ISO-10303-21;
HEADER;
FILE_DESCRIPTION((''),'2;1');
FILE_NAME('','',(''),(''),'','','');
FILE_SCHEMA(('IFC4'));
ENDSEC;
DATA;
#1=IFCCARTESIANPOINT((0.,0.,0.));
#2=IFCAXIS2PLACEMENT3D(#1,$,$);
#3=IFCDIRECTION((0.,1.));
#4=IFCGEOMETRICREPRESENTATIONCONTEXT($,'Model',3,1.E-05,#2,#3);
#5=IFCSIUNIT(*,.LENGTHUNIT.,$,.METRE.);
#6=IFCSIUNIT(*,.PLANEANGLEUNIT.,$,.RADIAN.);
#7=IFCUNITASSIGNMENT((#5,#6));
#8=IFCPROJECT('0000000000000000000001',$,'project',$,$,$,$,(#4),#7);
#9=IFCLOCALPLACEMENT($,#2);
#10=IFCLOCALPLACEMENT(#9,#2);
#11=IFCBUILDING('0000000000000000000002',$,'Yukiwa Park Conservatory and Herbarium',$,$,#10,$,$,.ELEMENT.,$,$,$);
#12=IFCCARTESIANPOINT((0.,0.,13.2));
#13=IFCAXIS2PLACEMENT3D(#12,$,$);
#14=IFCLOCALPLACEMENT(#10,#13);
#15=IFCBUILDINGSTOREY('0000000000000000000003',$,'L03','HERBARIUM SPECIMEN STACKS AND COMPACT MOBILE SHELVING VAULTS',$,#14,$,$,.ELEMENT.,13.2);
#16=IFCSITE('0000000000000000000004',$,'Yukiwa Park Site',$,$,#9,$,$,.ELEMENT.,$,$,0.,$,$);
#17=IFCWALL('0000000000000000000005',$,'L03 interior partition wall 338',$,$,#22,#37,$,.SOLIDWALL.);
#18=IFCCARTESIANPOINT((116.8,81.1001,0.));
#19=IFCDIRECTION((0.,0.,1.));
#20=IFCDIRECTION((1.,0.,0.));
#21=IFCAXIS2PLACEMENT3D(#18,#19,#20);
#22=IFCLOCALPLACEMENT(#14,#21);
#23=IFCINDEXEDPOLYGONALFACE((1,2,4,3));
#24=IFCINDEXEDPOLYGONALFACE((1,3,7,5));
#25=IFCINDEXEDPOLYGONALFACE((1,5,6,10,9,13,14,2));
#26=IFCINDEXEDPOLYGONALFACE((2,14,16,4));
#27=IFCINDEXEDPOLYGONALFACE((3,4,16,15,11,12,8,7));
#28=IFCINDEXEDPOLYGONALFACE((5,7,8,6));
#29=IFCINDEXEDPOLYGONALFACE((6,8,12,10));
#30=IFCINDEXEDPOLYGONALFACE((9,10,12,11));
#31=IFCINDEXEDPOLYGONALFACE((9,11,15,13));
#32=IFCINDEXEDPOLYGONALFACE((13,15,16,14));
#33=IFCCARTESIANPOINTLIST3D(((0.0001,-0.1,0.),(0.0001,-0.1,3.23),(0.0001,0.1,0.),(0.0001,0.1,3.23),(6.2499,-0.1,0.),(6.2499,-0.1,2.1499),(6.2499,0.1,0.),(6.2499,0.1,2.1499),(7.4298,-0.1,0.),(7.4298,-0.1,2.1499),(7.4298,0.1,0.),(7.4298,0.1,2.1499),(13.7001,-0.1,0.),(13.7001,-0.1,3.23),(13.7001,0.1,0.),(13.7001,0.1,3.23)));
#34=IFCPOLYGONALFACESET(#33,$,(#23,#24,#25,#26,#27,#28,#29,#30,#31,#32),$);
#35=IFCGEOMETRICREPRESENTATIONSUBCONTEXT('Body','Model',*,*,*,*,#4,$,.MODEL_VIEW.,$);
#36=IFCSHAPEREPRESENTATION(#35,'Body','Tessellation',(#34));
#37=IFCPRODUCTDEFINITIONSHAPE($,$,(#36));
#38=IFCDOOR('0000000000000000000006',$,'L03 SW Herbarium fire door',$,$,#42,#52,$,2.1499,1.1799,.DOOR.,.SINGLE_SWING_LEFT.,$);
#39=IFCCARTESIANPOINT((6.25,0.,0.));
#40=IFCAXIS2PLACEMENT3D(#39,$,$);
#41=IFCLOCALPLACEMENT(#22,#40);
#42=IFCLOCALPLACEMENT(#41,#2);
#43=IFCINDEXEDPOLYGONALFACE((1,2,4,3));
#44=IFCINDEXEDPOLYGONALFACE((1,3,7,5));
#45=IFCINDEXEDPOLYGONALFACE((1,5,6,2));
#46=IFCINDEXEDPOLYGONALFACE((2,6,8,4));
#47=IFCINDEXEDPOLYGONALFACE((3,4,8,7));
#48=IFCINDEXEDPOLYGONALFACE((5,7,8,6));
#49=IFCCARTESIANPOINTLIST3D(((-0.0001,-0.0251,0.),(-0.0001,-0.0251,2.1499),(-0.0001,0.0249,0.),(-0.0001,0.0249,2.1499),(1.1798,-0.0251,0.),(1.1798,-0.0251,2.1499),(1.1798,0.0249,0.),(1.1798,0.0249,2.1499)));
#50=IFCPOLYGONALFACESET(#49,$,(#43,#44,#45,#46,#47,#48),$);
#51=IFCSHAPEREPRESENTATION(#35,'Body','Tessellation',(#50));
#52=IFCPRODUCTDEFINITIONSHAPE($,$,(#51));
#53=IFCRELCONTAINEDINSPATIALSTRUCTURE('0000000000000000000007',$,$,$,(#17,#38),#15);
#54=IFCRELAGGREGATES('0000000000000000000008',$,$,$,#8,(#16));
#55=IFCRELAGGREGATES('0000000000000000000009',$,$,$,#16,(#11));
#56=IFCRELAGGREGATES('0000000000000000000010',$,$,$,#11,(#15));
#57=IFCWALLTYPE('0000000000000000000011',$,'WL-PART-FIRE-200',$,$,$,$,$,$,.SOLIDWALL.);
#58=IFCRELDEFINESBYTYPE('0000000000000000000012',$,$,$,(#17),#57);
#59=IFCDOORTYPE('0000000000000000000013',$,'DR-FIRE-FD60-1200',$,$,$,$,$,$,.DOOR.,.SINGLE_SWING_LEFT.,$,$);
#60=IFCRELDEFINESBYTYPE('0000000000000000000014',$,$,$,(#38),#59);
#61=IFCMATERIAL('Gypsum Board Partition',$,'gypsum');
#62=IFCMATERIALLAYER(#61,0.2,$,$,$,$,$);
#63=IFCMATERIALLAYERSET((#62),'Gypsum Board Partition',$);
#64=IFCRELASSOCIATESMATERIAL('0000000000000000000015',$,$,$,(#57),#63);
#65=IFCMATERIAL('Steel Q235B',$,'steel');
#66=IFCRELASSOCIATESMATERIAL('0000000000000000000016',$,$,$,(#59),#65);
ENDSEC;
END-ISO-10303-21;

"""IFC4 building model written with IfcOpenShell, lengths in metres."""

from ifc_helpers import new_model, si_unit, direction, frame, frame_2d, origin, place, context, subcontext, project, spatial, rectangle, extrude, material, layer, layer_set, type_object, element, fill, save


model = new_model("IFC4")

# Units and contexts
model_context = context("Model", 3, precision=1e-05, world=origin(), true_north=direction((0.0, 1.0)))
body_context = subcontext(model_context, "Body", "Model", "MODEL_VIEW")
ifc_project = project(units=[si_unit("LENGTHUNIT", "METRE"), si_unit("PLANEANGLEUNIT", "RADIAN")], contexts=[model_context])

# Site, building, storey
site_placement = place(None, origin())
site = spatial("IfcSite", under=ifc_project, at=site_placement, Name="Yukiwa Park Site", CompositionType="ELEMENT", RefElevation=0.0)
building_placement = place(site_placement, origin())
building = spatial("IfcBuilding", under=site, at=building_placement, Name="Yukiwa Park Conservatory and Herbarium", CompositionType="ELEMENT")
storey_placement = place(building_placement, frame((0.0, 0.0, 13.2)))
storey = spatial("IfcBuildingStorey", under=building, at=storey_placement, Name="L03", Description="HERBARIUM SPECIMEN STACKS AND COMPACT MOBILE SHELVING VAULTS", CompositionType="ELEMENT", Elevation=13.2)

# Wall, opening, door
ifc_material_1 = material(Name="Gypsum Board Partition", Category="gypsum")
ifc_layer_1 = layer(ifc_material_1, 0.2)
ifc_layer_set_1 = layer_set([ifc_layer_1], Name="Gypsum Board Partition")
wall_type_1 = type_object("IfcWallType", Name="WL-PART-FIRE-200", PredefinedType="SOLIDWALL", material=ifc_layer_set_1)
wall_1_placement = place(storey_placement, frame((116.8, 81.1001, 0.0), z_axis=(0.0, 0.0, 1.0), x_axis=(1.0, 0.0, 0.0)))
wall_1 = element("IfcWall", 1, at=wall_1_placement, inside=storey, type_object=wall_type_1, Name="L03 interior partition wall 338", PredefinedType="SOLIDWALL", context=body_context, shape_type="SweptSolid", body=[
    extrude(rectangle(XDim=13.7, YDim=0.2, at=frame_2d((6.8501, 0.0))), origin(), (0.0, 0.0, 1.0), 3.23),
])
opening_1_placement = place(wall_1_placement, frame((6.25, 0.0, 0.0)))
opening_1 = element("IfcOpeningElement", 2, at=opening_1_placement, cuts=wall_1, PredefinedType="OPENING", context=body_context, shape_type="SweptSolid", body=[
    extrude(rectangle(XDim=1.1799, YDim=2.1499, at=frame_2d((0.5898, 1.075))), frame((0.0, 0.1099, 0.0), z_axis=(0.0, -1.0, 0.0), x_axis=(1.0, 0.0, 0.0)), (0.0, 0.0, 1.0), 0.22),
])
ifc_material_2 = material(Name="Steel Q235B", Category="steel")
door_type_1 = type_object("IfcDoorType", Name="DR-FIRE-FD60-1200", OperationType="SINGLE_SWING_LEFT", PredefinedType="DOOR", material=ifc_material_2)
door_1_placement = place(opening_1_placement, origin())
door_1 = element("IfcDoor", 3, at=door_1_placement, inside=storey, type_object=door_type_1, Name="L03 SW Herbarium fire door", OperationType="SINGLE_SWING_LEFT", OverallHeight=2.1499, OverallWidth=1.1799, PredefinedType="DOOR", context=body_context, shape_type="SweptSolid", body=[
    extrude(rectangle(XDim=1.1799, YDim=2.1499, at=frame_2d((0.5898, 1.075))), frame((0.0, 0.0249, 0.0), z_axis=(0.0, -1.0, 0.0), x_axis=(1.0, 0.0, 0.0)), (0.0, 0.0, 1.0), 0.05),
])
fill(opening_1, door_1)

save(model, "model.ifc")
